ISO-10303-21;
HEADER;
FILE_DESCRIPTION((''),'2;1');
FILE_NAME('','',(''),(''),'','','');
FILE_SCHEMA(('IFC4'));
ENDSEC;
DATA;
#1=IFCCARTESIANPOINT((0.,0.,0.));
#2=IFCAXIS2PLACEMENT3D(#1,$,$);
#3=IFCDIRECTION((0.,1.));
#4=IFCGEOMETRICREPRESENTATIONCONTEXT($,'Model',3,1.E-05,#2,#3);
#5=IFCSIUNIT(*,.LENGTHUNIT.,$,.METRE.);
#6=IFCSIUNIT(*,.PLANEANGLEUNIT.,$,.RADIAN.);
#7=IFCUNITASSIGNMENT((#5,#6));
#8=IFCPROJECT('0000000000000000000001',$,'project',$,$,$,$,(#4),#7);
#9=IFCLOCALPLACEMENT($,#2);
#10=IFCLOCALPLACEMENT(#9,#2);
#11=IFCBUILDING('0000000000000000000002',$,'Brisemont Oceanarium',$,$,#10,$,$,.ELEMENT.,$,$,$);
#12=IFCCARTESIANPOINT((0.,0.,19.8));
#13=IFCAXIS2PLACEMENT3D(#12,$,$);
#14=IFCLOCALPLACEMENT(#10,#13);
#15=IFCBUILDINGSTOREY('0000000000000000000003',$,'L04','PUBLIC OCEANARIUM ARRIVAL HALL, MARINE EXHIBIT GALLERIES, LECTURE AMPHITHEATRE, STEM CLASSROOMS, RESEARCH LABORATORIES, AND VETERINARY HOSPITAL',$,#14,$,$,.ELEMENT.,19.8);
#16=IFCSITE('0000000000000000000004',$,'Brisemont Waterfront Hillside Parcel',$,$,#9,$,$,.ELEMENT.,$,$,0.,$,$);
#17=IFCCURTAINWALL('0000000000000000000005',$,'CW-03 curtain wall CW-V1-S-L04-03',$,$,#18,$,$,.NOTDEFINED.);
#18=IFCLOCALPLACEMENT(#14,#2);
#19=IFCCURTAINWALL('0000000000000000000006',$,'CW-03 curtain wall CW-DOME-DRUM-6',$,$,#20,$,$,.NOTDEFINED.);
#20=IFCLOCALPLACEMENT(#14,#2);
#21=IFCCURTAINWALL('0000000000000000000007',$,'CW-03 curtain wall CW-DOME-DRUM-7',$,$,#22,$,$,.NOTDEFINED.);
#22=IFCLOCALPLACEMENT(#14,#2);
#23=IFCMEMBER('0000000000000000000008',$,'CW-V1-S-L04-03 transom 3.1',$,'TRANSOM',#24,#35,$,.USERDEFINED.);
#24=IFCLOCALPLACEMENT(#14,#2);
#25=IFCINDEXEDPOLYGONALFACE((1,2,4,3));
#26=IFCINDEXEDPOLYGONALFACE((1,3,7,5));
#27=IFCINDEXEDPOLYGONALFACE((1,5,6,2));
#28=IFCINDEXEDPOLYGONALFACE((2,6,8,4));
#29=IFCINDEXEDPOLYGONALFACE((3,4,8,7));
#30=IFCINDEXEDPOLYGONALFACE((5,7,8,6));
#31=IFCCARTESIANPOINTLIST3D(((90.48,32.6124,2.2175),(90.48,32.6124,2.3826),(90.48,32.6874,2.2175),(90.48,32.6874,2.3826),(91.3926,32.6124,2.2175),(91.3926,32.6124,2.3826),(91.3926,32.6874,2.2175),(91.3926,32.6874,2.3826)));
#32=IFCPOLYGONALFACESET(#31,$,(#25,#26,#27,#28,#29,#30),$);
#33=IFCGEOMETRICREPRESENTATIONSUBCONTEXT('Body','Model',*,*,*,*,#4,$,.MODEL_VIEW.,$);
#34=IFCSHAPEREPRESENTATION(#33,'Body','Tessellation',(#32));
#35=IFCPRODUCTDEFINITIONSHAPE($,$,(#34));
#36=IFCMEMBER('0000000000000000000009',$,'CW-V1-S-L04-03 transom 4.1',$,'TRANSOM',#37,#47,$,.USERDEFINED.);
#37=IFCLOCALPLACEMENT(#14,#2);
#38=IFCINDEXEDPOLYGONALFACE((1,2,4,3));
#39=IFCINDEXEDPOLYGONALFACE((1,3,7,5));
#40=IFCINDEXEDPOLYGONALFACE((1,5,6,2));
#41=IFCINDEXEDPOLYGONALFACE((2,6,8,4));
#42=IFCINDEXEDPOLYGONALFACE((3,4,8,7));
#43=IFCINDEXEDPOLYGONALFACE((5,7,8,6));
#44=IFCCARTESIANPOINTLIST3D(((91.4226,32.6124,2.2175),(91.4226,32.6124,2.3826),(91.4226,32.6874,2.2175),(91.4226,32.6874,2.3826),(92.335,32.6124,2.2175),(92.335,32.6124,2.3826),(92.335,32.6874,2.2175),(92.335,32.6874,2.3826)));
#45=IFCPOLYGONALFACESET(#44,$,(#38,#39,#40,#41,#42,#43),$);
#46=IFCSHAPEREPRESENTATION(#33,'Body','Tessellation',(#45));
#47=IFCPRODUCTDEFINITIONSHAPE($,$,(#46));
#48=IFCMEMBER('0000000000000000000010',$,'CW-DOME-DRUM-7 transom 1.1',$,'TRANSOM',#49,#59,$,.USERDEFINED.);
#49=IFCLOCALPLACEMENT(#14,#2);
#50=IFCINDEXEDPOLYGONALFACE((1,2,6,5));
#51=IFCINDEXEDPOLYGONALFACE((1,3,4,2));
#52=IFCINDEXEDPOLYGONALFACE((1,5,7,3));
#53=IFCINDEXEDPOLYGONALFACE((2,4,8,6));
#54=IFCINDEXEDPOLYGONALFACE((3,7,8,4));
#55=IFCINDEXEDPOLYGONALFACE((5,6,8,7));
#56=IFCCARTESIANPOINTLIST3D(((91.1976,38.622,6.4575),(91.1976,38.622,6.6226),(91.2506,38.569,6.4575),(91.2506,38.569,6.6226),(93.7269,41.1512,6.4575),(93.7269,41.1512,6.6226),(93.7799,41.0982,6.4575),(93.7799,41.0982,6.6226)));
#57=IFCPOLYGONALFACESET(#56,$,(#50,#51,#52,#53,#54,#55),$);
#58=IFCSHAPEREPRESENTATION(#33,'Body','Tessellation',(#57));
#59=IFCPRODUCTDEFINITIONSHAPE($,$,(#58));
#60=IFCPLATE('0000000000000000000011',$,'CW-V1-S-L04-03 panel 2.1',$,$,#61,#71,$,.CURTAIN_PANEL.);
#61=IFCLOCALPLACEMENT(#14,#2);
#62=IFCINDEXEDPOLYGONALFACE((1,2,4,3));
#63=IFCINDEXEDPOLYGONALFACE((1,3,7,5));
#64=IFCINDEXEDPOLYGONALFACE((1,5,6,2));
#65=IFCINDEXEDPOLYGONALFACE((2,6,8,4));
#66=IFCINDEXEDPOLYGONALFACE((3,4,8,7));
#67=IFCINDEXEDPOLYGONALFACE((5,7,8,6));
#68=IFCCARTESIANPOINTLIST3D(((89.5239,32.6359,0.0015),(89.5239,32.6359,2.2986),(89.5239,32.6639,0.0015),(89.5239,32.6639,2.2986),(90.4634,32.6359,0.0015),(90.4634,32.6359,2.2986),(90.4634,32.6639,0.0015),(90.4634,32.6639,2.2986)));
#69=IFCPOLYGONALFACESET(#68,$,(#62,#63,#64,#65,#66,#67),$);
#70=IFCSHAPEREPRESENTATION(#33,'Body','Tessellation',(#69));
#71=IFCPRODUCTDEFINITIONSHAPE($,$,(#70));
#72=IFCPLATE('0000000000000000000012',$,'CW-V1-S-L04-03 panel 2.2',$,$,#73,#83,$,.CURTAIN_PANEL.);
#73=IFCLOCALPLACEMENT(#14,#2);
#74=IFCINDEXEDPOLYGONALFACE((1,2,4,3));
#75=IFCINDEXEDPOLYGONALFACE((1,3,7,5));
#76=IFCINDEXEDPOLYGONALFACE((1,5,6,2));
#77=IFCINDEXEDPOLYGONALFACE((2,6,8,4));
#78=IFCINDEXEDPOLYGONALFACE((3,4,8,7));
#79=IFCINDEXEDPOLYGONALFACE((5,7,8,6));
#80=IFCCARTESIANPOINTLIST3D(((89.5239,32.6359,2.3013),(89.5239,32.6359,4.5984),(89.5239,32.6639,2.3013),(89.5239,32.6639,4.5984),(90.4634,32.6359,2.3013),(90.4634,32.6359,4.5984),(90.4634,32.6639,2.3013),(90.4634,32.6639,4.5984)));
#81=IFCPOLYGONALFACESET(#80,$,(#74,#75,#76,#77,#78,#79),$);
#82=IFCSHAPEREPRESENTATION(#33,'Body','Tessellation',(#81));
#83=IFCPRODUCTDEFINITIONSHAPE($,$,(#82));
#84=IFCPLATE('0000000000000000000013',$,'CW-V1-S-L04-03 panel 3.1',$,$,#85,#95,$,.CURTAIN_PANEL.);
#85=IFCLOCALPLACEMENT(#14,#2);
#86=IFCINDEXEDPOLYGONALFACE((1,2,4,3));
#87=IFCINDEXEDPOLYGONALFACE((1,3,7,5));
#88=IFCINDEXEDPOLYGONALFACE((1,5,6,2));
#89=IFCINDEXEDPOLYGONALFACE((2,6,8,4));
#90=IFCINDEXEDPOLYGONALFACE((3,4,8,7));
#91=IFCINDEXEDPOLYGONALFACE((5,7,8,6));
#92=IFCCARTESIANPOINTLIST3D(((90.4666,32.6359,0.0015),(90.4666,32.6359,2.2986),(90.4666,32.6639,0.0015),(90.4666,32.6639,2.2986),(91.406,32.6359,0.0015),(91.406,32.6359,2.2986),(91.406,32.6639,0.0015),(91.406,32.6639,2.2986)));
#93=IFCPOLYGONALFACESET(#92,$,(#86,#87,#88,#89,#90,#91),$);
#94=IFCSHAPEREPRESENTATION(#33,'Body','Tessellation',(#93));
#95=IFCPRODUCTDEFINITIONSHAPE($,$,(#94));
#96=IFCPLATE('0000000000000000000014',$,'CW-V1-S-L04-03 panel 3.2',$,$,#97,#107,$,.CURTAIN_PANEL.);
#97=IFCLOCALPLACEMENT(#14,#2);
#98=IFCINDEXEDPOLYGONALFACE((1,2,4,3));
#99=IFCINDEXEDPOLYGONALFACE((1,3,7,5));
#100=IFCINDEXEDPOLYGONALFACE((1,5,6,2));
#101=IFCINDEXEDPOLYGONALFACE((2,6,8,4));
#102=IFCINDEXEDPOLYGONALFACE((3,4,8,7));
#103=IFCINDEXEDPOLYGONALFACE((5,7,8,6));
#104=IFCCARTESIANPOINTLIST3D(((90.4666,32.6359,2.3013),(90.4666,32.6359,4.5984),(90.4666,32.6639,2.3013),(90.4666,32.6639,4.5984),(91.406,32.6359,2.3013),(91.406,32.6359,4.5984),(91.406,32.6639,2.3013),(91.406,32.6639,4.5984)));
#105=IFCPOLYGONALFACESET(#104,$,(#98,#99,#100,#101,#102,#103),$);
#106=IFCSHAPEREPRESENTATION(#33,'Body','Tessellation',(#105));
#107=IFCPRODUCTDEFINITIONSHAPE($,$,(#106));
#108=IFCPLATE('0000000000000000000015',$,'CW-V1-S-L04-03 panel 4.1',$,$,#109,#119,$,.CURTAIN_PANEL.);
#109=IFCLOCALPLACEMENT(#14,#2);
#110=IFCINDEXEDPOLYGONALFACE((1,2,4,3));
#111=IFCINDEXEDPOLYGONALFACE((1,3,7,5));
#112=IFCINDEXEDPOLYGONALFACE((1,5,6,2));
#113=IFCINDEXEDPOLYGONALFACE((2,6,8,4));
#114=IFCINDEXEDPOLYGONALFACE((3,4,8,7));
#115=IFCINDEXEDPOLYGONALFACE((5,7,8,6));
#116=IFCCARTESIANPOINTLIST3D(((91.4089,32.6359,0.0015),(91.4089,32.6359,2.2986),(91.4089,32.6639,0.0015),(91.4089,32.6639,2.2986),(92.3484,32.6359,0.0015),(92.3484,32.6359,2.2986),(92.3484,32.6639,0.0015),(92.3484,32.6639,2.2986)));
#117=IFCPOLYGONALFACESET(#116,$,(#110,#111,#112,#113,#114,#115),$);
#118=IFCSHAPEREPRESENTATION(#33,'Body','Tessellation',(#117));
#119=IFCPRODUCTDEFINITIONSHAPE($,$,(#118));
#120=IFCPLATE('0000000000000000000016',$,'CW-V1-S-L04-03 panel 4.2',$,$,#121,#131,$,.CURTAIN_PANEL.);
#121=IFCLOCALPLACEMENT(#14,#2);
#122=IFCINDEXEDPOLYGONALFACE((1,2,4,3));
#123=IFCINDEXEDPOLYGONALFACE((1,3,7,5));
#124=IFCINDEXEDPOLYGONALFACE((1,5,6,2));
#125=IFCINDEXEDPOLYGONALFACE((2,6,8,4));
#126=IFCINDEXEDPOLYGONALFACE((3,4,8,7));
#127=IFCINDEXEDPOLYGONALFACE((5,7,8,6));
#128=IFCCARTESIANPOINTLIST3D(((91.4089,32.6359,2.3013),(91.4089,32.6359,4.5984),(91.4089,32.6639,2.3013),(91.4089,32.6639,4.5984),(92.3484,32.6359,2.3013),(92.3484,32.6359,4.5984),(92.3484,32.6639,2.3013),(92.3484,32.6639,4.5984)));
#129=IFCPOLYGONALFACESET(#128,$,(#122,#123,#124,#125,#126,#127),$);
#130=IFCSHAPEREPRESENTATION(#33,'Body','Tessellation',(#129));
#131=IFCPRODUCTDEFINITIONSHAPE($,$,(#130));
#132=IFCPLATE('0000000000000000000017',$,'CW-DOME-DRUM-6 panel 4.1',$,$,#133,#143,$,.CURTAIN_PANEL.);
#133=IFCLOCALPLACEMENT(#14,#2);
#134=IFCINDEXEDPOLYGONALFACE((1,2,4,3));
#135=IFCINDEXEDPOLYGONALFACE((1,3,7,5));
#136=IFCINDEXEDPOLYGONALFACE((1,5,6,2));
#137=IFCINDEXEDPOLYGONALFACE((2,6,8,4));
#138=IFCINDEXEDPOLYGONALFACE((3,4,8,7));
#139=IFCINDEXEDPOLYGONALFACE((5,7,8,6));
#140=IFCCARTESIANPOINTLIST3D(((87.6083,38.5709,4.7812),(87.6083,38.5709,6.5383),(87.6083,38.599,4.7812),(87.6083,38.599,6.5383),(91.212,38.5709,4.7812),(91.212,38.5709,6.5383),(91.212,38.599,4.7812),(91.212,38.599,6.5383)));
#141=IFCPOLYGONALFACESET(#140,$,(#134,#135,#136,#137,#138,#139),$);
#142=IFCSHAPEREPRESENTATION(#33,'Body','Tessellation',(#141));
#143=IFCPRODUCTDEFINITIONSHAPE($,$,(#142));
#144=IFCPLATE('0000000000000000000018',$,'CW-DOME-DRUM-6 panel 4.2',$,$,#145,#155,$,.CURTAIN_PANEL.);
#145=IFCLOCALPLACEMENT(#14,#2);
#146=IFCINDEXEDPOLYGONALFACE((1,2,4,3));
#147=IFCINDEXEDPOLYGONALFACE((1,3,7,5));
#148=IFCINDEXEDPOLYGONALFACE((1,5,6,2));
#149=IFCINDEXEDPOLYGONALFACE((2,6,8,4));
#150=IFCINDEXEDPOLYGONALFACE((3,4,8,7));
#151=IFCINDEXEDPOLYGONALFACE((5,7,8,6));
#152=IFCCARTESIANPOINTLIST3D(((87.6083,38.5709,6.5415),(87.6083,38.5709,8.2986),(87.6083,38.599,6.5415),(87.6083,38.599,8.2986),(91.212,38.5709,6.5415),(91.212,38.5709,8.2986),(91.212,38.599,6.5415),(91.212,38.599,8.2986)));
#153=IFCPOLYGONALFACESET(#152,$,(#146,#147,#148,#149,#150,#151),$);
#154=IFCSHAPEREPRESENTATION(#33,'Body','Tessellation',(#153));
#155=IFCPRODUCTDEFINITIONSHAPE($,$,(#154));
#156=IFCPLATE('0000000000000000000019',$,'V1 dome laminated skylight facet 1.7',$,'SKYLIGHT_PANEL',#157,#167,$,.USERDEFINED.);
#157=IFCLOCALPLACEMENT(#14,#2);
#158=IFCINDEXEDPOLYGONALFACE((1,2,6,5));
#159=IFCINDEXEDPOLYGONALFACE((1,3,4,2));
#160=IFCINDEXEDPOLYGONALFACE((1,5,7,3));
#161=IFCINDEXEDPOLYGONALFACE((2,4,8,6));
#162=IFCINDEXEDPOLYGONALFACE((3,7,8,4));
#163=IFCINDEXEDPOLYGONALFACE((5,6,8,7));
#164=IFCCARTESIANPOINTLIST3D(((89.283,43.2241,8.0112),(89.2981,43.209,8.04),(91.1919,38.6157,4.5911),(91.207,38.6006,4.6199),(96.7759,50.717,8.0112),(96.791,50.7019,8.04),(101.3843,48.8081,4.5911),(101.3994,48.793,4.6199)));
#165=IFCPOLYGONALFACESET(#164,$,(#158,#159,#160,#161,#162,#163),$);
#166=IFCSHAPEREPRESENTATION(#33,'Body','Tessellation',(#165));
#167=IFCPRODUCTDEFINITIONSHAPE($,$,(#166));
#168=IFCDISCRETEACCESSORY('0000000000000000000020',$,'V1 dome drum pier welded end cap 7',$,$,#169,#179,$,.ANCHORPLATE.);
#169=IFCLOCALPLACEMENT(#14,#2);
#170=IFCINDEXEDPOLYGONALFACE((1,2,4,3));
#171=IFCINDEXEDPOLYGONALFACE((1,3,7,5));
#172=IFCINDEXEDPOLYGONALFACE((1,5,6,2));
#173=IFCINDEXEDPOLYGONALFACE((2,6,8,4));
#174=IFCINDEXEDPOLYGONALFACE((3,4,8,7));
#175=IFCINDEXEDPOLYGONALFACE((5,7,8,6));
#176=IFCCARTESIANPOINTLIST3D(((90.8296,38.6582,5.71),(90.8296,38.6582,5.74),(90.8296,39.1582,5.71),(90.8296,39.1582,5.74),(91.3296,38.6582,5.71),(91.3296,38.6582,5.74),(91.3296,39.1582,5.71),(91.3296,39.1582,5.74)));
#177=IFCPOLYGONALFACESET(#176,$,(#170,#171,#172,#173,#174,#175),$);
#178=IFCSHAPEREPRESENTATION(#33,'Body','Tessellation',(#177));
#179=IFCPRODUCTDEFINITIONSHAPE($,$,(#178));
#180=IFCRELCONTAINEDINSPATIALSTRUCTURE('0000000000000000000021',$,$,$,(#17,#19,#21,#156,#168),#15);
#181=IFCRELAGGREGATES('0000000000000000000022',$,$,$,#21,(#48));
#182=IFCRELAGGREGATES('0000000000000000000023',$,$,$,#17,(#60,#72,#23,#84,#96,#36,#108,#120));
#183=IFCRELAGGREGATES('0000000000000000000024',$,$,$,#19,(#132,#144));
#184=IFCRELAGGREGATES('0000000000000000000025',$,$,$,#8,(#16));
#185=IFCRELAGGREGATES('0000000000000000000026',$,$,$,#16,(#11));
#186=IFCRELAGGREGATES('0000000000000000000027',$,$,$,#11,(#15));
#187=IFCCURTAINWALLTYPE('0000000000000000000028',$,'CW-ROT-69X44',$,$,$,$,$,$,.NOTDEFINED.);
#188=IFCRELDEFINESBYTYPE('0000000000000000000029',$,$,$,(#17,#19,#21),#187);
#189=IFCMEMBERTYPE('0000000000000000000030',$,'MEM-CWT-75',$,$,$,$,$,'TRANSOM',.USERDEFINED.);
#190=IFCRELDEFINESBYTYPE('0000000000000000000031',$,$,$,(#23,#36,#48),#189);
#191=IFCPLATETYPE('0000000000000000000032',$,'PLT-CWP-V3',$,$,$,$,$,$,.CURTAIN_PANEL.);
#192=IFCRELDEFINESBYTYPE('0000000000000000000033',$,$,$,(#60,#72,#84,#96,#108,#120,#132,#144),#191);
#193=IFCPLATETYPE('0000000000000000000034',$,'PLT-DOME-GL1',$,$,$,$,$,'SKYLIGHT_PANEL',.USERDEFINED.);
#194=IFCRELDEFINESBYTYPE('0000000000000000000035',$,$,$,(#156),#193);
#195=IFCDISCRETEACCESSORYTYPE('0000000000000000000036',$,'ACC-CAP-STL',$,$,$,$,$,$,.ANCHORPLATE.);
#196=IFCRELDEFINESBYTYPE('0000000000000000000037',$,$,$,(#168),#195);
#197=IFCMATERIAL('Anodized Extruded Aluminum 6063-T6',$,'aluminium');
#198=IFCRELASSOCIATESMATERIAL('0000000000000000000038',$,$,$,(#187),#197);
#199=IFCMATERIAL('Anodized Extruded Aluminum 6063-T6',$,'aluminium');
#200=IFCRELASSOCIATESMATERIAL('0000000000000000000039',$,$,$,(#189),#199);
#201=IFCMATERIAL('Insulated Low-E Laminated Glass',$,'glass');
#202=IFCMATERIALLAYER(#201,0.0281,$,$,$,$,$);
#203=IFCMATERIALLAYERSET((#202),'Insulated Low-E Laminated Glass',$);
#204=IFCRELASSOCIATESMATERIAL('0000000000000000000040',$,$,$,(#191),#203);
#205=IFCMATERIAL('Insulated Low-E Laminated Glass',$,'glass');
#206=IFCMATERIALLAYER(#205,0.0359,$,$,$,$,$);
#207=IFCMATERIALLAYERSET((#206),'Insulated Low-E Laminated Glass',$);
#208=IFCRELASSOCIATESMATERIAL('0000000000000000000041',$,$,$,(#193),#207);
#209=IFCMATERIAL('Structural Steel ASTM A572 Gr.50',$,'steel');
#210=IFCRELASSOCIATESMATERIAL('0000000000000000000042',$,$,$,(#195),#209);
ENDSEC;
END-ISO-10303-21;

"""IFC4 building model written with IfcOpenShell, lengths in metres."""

from ifc_helpers import new_model, si_unit, direction, frame, origin, origin_2d, place, context, subcontext, project, spatial, polyline, rectangle, outline, extrude, material, layer, layer_set, material_profile, profile_set, type_object, element, aggregate, save


model = new_model("IFC4")

# Units and contexts
model_context = context("Model", 3, precision=1e-05, world=origin(), true_north=direction((0.0, 1.0)))
body_context = subcontext(model_context, "Body", "Model", "MODEL_VIEW")
ifc_project = project(units=[si_unit("LENGTHUNIT", "METRE"), si_unit("PLANEANGLEUNIT", "RADIAN")], contexts=[model_context])

# Site, building, storey
site_placement = place(None, origin())
site = spatial("IfcSite", under=ifc_project, at=site_placement, Name="Brisemont Waterfront Hillside Parcel", CompositionType="ELEMENT", RefElevation=0.0)
building_placement = place(site_placement, origin())
building = spatial("IfcBuilding", under=site, at=building_placement, Name="Brisemont Oceanarium", CompositionType="ELEMENT")
storey_placement = place(building_placement, frame((0.0, 0.0, 19.8)))
storey = spatial("IfcBuildingStorey", under=building, at=storey_placement, Name="L04", Description="PUBLIC OCEANARIUM ARRIVAL HALL, MARINE EXHIBIT GALLERIES, LECTURE AMPHITHEATRE, STEM CLASSROOMS, RESEARCH LABORATORIES, AND VETERINARY HOSPITAL", CompositionType="ELEMENT", Elevation=19.8)

# Curtain wall
ifc_material_1 = material(Name="Anodized Extruded Aluminum 6063-T6", Category="aluminium")
curtain_wall_type = type_object("IfcCurtainWallType", Name="CW-ROT-69X44", PredefinedType="NOTDEFINED", material=ifc_material_1)
curtain_wall_1_placement = place(storey_placement, origin())
curtain_wall_1 = element("IfcCurtainWall", 1, at=curtain_wall_1_placement, inside=storey, type_object=curtain_wall_type, Name="CW-03 curtain wall CW-V1-S-L04-03", PredefinedType="NOTDEFINED")

# Curtain walls
curtain_wall_2_placement = place(storey_placement, origin())
curtain_wall_2 = element("IfcCurtainWall", 2, at=curtain_wall_2_placement, inside=storey, type_object=curtain_wall_type, Name="CW-03 curtain wall CW-DOME-DRUM-6", PredefinedType="NOTDEFINED")
curtain_wall_3_placement = place(storey_placement, origin())
curtain_wall_3 = element("IfcCurtainWall", 3, at=curtain_wall_3_placement, inside=storey, type_object=curtain_wall_type, Name="CW-03 curtain wall CW-DOME-DRUM-7", PredefinedType="NOTDEFINED")

# Members
ifc_material_2 = material(Name="Anodized Extruded Aluminum 6063-T6", Category="aluminium")
ifc_material_profile_1 = material_profile(ifc_material_2, rectangle(XDim=0.075, YDim=0.165, at=origin_2d()), Name="CWT-75X165")
ifc_profile_set_1 = profile_set([ifc_material_profile_1], Name="Anodized Extruded Aluminum 6063-T6")
member_type_1 = type_object("IfcMemberType", Name="MEM-CWT-75", ElementType="TRANSOM", PredefinedType="USERDEFINED", material=ifc_profile_set_1)
member_1_placement = place(storey_placement, frame((90.48, 32.6499, 2.3), z_axis=(1.0, 0.0, 0.0), x_axis=(0.0, 1.0, 0.0)))
member_1 = element("IfcMember", 4, at=member_1_placement, type_object=member_type_1, Name="CW-V1-S-L04-03 transom 3.1", ObjectType="TRANSOM", PredefinedType="USERDEFINED", context=body_context, shape_type="SweptSolid", body=[
    extrude(rectangle(XDim=0.075, YDim=0.165, at=origin_2d()), origin(), (0.0, 0.0, 1.0), 0.9126),
])
member_2_placement = place(storey_placement, frame((91.4226, 32.6499, 2.3), z_axis=(1.0, 0.0, 0.0), x_axis=(0.0, 1.0, 0.0)))
member_2 = element("IfcMember", 5, at=member_2_placement, type_object=member_type_1, Name="CW-V1-S-L04-03 transom 4.1", ObjectType="TRANSOM", PredefinedType="USERDEFINED", context=body_context, shape_type="SweptSolid", body=[
    extrude(rectangle(XDim=0.075, YDim=0.165, at=origin_2d()), origin(), (0.0, 0.0, 1.0), 0.9124),
])
member_3_placement = place(storey_placement, frame((91.2241, 38.5955, 6.54), z_axis=(0.707107, 0.707107, 0.0), x_axis=(-0.707107, 0.707107, 0.0)))
member_3 = element("IfcMember", 6, at=member_3_placement, type_object=member_type_1, Name="CW-DOME-DRUM-7 transom 1.1", ObjectType="TRANSOM", PredefinedType="USERDEFINED", context=body_context, shape_type="SweptSolid", body=[
    extrude(rectangle(XDim=0.075, YDim=0.165, at=origin_2d()), origin(), (0.0, 0.0, 1.0), 3.5769),
])
aggregate(curtain_wall_3, [member_3])

# Plates
ifc_material_3 = material(Name="Insulated Low-E Laminated Glass", Category="glass")
ifc_layer_1 = layer(ifc_material_3, 0.0281)
ifc_layer_set_1 = layer_set([ifc_layer_1], Name="Insulated Low-E Laminated Glass")
plate_type_1 = type_object("IfcPlateType", Name="PLT-CWP-V3", PredefinedType="CURTAIN_PANEL", material=ifc_layer_set_1)
plate_1_placement = place(storey_placement, frame((89.9937, 32.6499, 0.0015), z_axis=(0.0, 0.0, 1.0), x_axis=(1.0, 0.0, 0.0)))
plate_1 = element("IfcPlate", 7, at=plate_1_placement, type_object=plate_type_1, Name="CW-V1-S-L04-03 panel 2.1", PredefinedType="CURTAIN_PANEL", context=body_context, shape_type="SweptSolid", body=[
    extrude(rectangle(XDim=0.9395, YDim=0.0281, at=origin_2d()), origin(), (0.0, 0.0, 1.0), 2.2971),
])
plate_2_placement = place(storey_placement, frame((89.9937, 32.6499, 2.3013), z_axis=(0.0, 0.0, 1.0), x_axis=(1.0, 0.0, 0.0)))
plate_2 = element("IfcPlate", 8, at=plate_2_placement, type_object=plate_type_1, Name="CW-V1-S-L04-03 panel 2.2", PredefinedType="CURTAIN_PANEL", context=body_context, shape_type="SweptSolid", body=[
    extrude(rectangle(XDim=0.9395, YDim=0.0281, at=origin_2d()), origin(), (0.0, 0.0, 1.0), 2.2971),
])
plate_3_placement = place(storey_placement, frame((90.9363, 32.6499, 0.0015), z_axis=(0.0, 0.0, 1.0), x_axis=(1.0, 0.0, 0.0)))
plate_3 = element("IfcPlate", 9, at=plate_3_placement, type_object=plate_type_1, Name="CW-V1-S-L04-03 panel 3.1", PredefinedType="CURTAIN_PANEL", context=body_context, shape_type="SweptSolid", body=[
    extrude(rectangle(XDim=0.9395, YDim=0.0281, at=origin_2d()), origin(), (0.0, 0.0, 1.0), 2.2971),
])
plate_4_placement = place(storey_placement, frame((90.9363, 32.6499, 2.3013), z_axis=(0.0, 0.0, 1.0), x_axis=(1.0, 0.0, 0.0)))
plate_4 = element("IfcPlate", 10, at=plate_4_placement, type_object=plate_type_1, Name="CW-V1-S-L04-03 panel 3.2", PredefinedType="CURTAIN_PANEL", context=body_context, shape_type="SweptSolid", body=[
    extrude(rectangle(XDim=0.9395, YDim=0.0281, at=origin_2d()), origin(), (0.0, 0.0, 1.0), 2.2971),
])
plate_5_placement = place(storey_placement, frame((91.8787, 32.6499, 0.0015), z_axis=(0.0, 0.0, 1.0), x_axis=(1.0, 0.0, 0.0)))
plate_5 = element("IfcPlate", 11, at=plate_5_placement, type_object=plate_type_1, Name="CW-V1-S-L04-03 panel 4.1", PredefinedType="CURTAIN_PANEL", context=body_context, shape_type="SweptSolid", body=[
    extrude(rectangle(XDim=0.9395, YDim=0.0281, at=origin_2d()), origin(), (0.0, 0.0, 1.0), 2.2971),
])
plate_6_placement = place(storey_placement, frame((91.8787, 32.6499, 2.3013), z_axis=(0.0, 0.0, 1.0), x_axis=(1.0, 0.0, 0.0)))
plate_6 = element("IfcPlate", 12, at=plate_6_placement, type_object=plate_type_1, Name="CW-V1-S-L04-03 panel 4.2", PredefinedType="CURTAIN_PANEL", context=body_context, shape_type="SweptSolid", body=[
    extrude(rectangle(XDim=0.9395, YDim=0.0281, at=origin_2d()), origin(), (0.0, 0.0, 1.0), 2.2971),
])
aggregate(curtain_wall_1, [plate_1, plate_2, member_1, plate_3, plate_4, member_2, plate_5, plate_6])
plate_7_placement = place(storey_placement, frame((89.4102, 38.585, 4.7812), z_axis=(0.0, 0.0, 1.0), x_axis=(1.0, 0.0, 0.0)))
plate_7 = element("IfcPlate", 13, at=plate_7_placement, type_object=plate_type_1, Name="CW-DOME-DRUM-6 panel 4.1", PredefinedType="CURTAIN_PANEL", context=body_context, shape_type="SweptSolid", body=[
    extrude(rectangle(XDim=3.6038, YDim=0.0281, at=origin_2d()), origin(), (0.0, 0.0, 1.0), 1.7571),
])
plate_8_placement = place(storey_placement, frame((89.4102, 38.585, 6.5415), z_axis=(0.0, 0.0, 1.0), x_axis=(1.0, 0.0, 0.0)))
plate_8 = element("IfcPlate", 14, at=plate_8_placement, type_object=plate_type_1, Name="CW-DOME-DRUM-6 panel 4.2", PredefinedType="CURTAIN_PANEL", context=body_context, shape_type="SweptSolid", body=[
    extrude(rectangle(XDim=3.6038, YDim=0.0281, at=origin_2d()), origin(), (0.0, 0.0, 1.0), 1.7571),
])
aggregate(curtain_wall_2, [plate_7, plate_8])
ifc_material_4 = material(Name="Insulated Low-E Laminated Glass", Category="glass")
ifc_layer_2 = layer(ifc_material_4, 0.0359)
ifc_layer_set_2 = layer_set([ifc_layer_2], Name="Insulated Low-E Laminated Glass")
plate_type_2 = type_object("IfcPlateType", Name="PLT-DOME-GL1", ElementType="SKYLIGHT_PANEL", PredefinedType="USERDEFINED", material=ifc_layer_set_2)
plate_9_placement = place(storey_placement, frame((91.207, 38.6006, 4.6199), z_axis=(0.421406, -0.421406, 0.803015), x_axis=(0.707107, 0.707107, 0.0)))
element("IfcPlate", 15, at=plate_9_placement, inside=storey, type_object=plate_type_2, Name="V1 dome laminated skylight facet 1.7", ObjectType="SKYLIGHT_PANEL", PredefinedType="USERDEFINED", context=body_context, shape_type="SweptSolid", body=[
    extrude(outline(polyline([(0.0, 0.0), (14.4142, 0.0), (12.5054, 5.7389), (1.9088, 5.7389), (0.0, 0.0)])), origin(), (0.0, 0.0, -1.0), 0.0359),
])

# Discrete accessory
ifc_material_5 = material(Name="Structural Steel ASTM A572 Gr.50", Category="steel")
discrete_accessory_type = type_object("IfcDiscreteAccessoryType", Name="ACC-CAP-STL", PredefinedType="ANCHORPLATE", material=ifc_material_5)
discrete_accessory_placement = place(storey_placement, frame((91.0796, 38.9082, 5.71), z_axis=(0.0, 0.0, 1.0), x_axis=(1.0, 0.0, 0.0)))
element("IfcDiscreteAccessory", 16, at=discrete_accessory_placement, inside=storey, type_object=discrete_accessory_type, Name="V1 dome drum pier welded end cap 7", PredefinedType="ANCHORPLATE", context=body_context, shape_type="SweptSolid", body=[
    extrude(rectangle(XDim=0.5, YDim=0.5, at=origin_2d()), origin(), (0.0, 0.0, 1.0), 0.03),
])

save(model, "model.ifc")
